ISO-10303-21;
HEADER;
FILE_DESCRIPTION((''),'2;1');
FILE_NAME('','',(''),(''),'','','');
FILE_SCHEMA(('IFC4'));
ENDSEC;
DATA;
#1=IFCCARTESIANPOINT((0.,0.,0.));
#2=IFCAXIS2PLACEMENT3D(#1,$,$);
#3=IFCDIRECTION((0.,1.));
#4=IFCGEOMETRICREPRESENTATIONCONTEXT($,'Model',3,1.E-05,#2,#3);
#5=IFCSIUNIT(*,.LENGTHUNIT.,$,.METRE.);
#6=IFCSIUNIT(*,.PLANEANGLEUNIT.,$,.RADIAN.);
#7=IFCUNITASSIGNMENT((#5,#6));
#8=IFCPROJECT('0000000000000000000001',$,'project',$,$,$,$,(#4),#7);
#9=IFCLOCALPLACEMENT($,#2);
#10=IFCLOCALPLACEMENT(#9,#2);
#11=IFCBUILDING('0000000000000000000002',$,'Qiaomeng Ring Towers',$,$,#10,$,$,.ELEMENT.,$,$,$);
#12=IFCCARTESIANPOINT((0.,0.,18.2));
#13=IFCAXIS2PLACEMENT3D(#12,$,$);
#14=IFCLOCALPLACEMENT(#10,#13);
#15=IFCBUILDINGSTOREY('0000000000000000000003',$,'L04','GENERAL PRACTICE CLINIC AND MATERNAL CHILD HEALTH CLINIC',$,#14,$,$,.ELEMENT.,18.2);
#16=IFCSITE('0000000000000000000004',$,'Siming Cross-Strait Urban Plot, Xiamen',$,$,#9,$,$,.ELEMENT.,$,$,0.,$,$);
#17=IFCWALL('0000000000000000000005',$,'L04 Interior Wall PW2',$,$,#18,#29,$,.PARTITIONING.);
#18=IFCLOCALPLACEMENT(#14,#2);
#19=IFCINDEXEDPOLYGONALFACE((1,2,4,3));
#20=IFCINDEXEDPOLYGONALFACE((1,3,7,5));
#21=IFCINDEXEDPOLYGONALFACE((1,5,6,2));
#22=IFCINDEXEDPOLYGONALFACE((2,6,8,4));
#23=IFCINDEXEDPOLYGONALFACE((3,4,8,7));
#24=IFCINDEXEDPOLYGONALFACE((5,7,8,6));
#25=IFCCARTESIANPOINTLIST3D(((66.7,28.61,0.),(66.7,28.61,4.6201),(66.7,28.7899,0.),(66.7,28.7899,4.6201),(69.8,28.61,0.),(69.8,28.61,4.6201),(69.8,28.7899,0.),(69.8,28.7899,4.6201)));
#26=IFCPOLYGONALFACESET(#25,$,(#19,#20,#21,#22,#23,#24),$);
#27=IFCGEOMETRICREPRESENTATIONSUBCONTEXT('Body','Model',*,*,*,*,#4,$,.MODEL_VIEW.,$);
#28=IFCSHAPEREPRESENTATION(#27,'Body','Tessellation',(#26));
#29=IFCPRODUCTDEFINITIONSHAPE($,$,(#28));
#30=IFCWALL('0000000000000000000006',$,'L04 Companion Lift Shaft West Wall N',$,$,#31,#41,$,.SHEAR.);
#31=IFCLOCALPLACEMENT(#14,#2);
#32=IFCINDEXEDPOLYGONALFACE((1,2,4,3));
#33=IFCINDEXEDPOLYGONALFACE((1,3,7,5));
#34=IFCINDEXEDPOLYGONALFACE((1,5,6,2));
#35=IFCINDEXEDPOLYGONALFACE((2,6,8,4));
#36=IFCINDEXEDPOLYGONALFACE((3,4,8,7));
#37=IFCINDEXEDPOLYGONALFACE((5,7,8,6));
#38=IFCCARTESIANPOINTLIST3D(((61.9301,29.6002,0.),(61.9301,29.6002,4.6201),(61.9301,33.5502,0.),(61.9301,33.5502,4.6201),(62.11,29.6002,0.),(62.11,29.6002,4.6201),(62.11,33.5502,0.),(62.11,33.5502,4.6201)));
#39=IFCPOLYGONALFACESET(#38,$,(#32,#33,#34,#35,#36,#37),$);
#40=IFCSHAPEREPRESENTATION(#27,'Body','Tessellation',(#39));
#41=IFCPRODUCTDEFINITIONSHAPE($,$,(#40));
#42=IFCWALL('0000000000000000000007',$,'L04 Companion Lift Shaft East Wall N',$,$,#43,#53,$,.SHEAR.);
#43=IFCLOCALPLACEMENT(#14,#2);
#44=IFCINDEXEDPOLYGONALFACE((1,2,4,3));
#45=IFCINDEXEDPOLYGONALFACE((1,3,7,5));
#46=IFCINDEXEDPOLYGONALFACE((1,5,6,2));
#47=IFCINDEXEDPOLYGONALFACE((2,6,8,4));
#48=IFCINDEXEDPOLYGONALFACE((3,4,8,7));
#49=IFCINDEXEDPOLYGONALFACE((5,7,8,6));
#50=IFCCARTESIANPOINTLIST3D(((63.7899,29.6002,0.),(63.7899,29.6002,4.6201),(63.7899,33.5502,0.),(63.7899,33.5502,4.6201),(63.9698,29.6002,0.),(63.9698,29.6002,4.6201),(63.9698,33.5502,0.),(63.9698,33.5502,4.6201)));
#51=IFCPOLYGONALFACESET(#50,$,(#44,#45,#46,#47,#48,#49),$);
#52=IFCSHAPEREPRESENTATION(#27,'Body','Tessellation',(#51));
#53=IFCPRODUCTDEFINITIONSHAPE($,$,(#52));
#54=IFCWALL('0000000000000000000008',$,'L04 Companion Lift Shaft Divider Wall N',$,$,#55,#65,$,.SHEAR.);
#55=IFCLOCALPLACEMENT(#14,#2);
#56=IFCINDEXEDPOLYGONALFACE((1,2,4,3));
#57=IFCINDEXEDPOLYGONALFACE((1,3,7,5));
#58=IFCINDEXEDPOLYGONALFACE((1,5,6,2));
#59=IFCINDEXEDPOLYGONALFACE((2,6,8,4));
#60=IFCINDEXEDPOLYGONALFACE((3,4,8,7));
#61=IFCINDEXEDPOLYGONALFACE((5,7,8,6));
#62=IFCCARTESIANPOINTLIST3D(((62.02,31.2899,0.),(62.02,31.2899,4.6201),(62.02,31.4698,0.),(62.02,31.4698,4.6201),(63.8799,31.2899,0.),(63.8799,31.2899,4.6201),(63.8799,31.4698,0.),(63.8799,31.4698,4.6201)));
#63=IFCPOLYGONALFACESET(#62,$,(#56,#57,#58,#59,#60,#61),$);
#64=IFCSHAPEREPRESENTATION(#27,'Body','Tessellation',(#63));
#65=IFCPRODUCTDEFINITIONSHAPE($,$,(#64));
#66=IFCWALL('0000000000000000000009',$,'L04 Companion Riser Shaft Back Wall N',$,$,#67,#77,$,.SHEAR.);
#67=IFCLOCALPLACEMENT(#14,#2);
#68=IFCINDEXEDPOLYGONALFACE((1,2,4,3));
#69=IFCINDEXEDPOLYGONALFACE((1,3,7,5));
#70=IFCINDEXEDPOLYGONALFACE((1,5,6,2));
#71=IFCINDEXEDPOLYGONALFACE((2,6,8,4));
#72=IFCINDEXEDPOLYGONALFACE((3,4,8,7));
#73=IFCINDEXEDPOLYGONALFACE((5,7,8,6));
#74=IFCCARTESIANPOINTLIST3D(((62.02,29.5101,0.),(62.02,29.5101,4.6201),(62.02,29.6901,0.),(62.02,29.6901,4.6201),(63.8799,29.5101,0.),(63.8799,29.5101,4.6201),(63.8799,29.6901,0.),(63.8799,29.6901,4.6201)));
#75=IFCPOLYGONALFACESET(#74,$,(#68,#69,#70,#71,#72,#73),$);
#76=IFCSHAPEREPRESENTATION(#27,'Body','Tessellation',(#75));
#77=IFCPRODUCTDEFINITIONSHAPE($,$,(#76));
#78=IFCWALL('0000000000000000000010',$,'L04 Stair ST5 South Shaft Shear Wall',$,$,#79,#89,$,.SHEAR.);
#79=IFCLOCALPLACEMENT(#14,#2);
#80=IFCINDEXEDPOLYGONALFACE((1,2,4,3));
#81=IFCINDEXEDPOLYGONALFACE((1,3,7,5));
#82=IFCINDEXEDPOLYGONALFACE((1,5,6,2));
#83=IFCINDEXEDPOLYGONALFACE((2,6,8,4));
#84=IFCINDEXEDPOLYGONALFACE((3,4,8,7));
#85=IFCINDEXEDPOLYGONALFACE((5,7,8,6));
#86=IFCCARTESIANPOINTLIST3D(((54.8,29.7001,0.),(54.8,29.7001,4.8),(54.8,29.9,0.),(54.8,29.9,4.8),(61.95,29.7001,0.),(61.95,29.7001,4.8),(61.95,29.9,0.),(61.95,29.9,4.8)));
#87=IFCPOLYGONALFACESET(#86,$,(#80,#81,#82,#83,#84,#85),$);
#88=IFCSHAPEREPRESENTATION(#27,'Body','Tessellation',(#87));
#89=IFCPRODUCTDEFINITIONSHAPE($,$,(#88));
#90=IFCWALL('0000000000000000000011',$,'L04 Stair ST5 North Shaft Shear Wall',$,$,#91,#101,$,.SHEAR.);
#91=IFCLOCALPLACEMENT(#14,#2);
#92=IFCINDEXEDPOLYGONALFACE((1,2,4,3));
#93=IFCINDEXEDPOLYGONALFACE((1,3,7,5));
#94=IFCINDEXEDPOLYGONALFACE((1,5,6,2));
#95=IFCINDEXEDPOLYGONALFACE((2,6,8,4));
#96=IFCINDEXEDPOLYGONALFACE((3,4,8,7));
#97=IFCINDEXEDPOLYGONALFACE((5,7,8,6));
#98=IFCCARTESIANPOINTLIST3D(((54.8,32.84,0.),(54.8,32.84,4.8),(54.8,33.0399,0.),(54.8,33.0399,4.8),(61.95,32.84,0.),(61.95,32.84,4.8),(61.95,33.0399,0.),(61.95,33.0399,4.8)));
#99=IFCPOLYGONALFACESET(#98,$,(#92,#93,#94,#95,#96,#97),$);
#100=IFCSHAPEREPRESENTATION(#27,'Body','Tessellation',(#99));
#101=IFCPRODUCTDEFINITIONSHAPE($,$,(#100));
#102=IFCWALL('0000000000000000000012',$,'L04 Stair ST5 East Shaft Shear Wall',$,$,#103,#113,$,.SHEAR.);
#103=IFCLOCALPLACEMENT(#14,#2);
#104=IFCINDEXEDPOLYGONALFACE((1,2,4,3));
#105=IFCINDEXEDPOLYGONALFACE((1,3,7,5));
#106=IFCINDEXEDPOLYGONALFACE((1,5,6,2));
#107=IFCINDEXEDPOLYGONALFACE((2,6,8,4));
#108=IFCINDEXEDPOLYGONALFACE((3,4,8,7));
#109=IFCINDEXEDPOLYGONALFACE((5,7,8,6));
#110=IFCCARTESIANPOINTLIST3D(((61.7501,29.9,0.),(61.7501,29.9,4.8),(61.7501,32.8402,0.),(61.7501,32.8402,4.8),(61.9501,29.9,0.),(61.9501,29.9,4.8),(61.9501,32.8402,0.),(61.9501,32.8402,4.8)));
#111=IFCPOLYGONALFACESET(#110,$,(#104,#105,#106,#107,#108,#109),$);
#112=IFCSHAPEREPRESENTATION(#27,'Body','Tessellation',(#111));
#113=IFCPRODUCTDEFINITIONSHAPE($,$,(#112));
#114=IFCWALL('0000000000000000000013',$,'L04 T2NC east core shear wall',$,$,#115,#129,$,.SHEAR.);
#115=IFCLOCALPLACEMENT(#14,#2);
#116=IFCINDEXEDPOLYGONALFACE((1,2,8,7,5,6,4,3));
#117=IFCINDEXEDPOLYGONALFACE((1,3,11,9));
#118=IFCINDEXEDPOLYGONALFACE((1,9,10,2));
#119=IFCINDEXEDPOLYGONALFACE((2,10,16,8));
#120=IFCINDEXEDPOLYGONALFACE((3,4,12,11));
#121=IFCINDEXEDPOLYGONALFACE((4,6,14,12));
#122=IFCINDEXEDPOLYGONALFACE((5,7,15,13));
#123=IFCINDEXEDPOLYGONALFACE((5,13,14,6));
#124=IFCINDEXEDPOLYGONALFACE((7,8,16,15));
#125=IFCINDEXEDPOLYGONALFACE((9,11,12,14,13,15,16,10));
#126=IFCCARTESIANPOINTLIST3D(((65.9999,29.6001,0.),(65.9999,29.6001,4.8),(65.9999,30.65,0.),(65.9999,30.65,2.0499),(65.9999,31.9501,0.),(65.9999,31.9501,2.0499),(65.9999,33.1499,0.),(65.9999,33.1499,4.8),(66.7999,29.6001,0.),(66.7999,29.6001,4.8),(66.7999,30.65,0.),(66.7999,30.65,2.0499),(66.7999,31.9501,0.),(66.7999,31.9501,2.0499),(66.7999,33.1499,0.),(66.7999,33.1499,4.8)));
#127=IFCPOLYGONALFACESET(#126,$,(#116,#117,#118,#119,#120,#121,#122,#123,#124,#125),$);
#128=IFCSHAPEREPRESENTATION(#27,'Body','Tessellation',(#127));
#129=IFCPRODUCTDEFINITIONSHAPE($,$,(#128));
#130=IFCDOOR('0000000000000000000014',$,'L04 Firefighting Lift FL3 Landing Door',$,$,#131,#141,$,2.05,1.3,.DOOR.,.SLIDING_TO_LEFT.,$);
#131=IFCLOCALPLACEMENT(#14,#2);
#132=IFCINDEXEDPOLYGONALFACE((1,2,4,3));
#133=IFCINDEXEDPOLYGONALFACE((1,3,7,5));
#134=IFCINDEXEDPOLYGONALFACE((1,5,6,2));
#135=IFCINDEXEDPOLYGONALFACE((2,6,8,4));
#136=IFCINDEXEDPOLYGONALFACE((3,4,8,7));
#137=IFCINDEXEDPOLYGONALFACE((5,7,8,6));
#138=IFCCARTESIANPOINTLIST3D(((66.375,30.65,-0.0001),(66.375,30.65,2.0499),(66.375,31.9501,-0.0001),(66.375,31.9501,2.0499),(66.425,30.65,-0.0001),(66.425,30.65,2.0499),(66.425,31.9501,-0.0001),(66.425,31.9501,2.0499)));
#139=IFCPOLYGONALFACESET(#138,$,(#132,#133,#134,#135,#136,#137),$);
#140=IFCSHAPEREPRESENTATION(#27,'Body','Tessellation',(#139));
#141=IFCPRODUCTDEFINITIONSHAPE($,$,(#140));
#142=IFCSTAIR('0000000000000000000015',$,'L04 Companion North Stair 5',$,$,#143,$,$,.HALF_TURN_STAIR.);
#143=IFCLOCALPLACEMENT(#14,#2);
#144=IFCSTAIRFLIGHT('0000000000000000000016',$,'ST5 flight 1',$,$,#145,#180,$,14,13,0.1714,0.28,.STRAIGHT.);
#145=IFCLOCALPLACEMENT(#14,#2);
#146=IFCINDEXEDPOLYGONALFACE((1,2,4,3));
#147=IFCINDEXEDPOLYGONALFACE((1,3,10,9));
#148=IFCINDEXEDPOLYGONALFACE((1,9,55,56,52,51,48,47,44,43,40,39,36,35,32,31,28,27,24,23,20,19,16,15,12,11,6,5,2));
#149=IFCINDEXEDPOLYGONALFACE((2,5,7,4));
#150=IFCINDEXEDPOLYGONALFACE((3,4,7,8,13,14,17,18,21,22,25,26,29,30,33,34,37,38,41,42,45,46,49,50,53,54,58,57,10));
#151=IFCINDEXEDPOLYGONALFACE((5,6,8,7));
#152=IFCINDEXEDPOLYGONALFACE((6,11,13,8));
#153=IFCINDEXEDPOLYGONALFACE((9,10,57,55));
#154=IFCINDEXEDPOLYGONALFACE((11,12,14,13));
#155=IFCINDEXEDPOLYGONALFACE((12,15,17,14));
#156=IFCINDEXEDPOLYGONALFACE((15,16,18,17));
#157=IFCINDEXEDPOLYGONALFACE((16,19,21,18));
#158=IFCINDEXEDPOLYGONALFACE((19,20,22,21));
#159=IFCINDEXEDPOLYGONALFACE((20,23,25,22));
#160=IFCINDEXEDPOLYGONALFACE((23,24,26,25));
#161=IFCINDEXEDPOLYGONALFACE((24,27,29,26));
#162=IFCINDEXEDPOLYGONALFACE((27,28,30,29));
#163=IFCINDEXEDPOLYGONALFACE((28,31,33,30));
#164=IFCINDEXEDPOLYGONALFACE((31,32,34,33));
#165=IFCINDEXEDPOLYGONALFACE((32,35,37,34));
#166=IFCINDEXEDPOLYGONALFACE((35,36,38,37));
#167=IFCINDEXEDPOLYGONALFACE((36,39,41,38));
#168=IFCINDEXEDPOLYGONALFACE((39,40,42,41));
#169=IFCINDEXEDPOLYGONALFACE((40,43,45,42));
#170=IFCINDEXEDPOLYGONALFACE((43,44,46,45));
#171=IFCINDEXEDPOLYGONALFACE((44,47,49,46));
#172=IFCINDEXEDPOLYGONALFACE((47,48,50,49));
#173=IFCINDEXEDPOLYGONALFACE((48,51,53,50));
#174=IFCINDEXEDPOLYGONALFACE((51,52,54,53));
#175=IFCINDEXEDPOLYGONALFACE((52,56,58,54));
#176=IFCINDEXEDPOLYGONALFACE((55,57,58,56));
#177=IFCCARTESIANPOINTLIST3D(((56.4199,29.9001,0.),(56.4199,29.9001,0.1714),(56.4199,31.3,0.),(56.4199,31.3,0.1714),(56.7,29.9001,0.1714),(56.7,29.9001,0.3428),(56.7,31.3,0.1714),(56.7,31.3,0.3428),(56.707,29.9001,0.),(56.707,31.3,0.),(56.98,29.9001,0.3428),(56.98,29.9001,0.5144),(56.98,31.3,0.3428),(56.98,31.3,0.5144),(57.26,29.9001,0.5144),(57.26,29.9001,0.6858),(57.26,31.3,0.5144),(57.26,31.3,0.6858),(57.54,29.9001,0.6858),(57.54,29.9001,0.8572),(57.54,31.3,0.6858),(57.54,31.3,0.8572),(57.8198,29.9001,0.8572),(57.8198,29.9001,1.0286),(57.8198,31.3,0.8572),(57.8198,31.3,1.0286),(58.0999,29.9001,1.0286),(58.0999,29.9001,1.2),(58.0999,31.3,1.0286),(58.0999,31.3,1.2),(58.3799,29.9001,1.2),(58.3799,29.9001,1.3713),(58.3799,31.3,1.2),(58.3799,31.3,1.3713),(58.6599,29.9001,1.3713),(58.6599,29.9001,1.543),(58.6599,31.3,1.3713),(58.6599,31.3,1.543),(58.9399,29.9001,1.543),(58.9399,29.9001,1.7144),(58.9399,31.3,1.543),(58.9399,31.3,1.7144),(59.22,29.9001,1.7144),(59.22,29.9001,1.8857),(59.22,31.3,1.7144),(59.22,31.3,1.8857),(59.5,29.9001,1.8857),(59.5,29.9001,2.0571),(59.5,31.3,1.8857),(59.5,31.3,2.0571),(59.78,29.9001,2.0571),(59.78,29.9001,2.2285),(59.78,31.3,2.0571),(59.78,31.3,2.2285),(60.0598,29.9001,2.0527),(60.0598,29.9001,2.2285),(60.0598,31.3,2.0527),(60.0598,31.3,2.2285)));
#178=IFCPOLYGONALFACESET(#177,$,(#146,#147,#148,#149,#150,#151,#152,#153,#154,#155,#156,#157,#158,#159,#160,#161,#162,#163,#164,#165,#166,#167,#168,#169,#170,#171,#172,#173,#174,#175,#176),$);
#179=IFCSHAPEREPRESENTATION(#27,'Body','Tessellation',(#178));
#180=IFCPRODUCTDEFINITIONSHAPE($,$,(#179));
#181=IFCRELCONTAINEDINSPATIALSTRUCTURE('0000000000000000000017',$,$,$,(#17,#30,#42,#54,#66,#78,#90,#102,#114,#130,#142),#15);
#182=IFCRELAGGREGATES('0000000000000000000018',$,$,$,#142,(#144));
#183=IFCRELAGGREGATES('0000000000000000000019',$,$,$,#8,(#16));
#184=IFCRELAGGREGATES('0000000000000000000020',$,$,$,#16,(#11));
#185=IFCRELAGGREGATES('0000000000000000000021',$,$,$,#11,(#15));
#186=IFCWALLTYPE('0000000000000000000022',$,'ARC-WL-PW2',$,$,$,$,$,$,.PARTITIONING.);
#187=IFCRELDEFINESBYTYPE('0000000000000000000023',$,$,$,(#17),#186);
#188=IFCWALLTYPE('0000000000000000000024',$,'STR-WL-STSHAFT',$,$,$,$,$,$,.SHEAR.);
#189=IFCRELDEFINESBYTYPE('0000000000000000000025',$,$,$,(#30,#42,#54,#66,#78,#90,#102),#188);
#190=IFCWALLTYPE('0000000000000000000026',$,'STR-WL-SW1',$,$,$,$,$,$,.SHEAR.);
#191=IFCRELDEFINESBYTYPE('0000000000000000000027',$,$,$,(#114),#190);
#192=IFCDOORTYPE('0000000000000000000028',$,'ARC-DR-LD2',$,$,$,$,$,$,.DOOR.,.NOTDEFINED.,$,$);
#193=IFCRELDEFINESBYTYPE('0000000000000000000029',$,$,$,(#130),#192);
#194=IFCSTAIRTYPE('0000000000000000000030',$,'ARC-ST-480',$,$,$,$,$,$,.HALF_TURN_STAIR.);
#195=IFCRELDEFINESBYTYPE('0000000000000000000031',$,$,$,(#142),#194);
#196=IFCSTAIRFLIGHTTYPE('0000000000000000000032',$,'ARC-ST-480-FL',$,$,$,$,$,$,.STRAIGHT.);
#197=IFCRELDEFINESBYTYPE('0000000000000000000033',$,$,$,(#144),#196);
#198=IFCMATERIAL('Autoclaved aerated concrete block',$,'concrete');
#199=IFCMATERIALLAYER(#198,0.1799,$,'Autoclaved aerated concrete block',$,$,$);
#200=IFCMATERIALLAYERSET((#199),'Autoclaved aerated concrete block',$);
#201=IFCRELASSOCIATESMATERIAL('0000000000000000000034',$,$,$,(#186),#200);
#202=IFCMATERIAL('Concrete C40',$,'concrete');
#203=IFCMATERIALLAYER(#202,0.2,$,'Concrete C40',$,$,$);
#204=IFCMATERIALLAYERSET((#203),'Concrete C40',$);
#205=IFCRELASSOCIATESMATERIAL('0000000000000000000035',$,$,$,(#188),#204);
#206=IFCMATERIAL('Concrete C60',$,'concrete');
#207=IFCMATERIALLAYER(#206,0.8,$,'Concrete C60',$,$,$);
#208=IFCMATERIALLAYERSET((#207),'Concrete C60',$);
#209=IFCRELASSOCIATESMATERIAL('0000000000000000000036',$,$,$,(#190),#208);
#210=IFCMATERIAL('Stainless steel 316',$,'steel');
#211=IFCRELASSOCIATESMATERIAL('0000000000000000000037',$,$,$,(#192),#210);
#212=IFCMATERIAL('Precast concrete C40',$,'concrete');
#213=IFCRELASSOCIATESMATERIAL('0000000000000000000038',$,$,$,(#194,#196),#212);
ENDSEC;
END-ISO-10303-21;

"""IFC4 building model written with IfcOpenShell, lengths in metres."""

from ifc_helpers import new_model, si_unit, direction, frame, frame_2d, origin, place, context, subcontext, project, spatial, polyline, rectangle, outline, extrude, source, transform, mapped, material, layer, layer_set, type_object, element, fill, aggregate, save


model = new_model("IFC4")

# Units and contexts
model_context = context("Model", 3, precision=1e-05, world=origin(), true_north=direction((0.0, 1.0)))
body_context = subcontext(model_context, "Body", "Model", "MODEL_VIEW")
ifc_project = project(units=[si_unit("LENGTHUNIT", "METRE"), si_unit("PLANEANGLEUNIT", "RADIAN")], contexts=[model_context])

# Site, building, storey
site_placement = place(None, origin())
site = spatial("IfcSite", under=ifc_project, at=site_placement, Name="Siming Cross-Strait Urban Plot, Xiamen", CompositionType="ELEMENT", RefElevation=0.0)
building_placement = place(site_placement, origin())
building = spatial("IfcBuilding", under=site, at=building_placement, Name="Qiaomeng Ring Towers", CompositionType="ELEMENT")
storey_placement = place(building_placement, frame((0.0, 0.0, 18.2)))
storey = spatial("IfcBuildingStorey", under=building, at=storey_placement, Name="L04", Description="GENERAL PRACTICE CLINIC AND MATERNAL CHILD HEALTH CLINIC", CompositionType="ELEMENT", Elevation=18.2)

# Shared definitions
ifc_material_1 = material(Name="Autoclaved aerated concrete block", Category="concrete")

# Walls
ifc_layer_1 = layer(ifc_material_1, 0.1799, Name="Autoclaved aerated concrete block")
ifc_layer_set_1 = layer_set([ifc_layer_1], Name="Autoclaved aerated concrete block")
wall_type_1 = type_object("IfcWallType", Name="ARC-WL-PW2", PredefinedType="PARTITIONING", material=ifc_layer_set_1)
wall_1_placement = place(storey_placement, frame((66.7, 28.7, 0.0), z_axis=(0.0, 0.0, 1.0), x_axis=(1.0, 0.0, 0.0)))
element("IfcWall", 1, at=wall_1_placement, inside=storey, type_object=wall_type_1, Name="L04 Interior Wall PW2", PredefinedType="PARTITIONING", context=body_context, shape_type="SweptSolid", body=[
    extrude(rectangle(XDim=3.1001, YDim=0.1799, at=frame_2d((1.55, 0.0))), origin(), (0.0, 0.0, 1.0), 4.6201),
])
ifc_material_2 = material(Name="Concrete C40", Category="concrete")
ifc_layer_2 = layer(ifc_material_2, 0.2, Name="Concrete C40")
ifc_layer_set_2 = layer_set([ifc_layer_2], Name="Concrete C40")
wall_type_2 = type_object("IfcWallType", Name="STR-WL-STSHAFT", PredefinedType="SHEAR", material=ifc_layer_set_2)
for number, where, z_axis, x_axis, name in (
    (2, (62.02, 29.6001, 0.0), (0.0, 0.0, 1.0), (0.0, 1.0, 0.0), "L04 Companion Lift Shaft West Wall N"),
    (3, (63.8799, 29.6001, 0.0), (0.0, 0.0, 1.0), (0.0, 1.0, 0.0), "L04 Companion Lift Shaft East Wall N"),
):
    element("IfcWall", number, at=place(storey_placement, frame(where, z_axis=z_axis, x_axis=x_axis)), inside=storey, type_object=wall_type_2, Name=name, PredefinedType="SHEAR", context=body_context, shape_type="SweptSolid", body=[
        extrude(rectangle(XDim=3.95, YDim=0.1799, at=frame_2d((1.9751, 0.0))), origin(), (0.0, 0.0, 1.0), 4.6201),
    ])
for number, where, z_axis, x_axis, name in (
    (4, (62.02, 31.3799, 0.0), (0.0, 0.0, 1.0), (1.0, 0.0, 0.0), "L04 Companion Lift Shaft Divider Wall N"),
    (5, (62.02, 29.6001, 0.0), (0.0, 0.0, 1.0), (1.0, 0.0, 0.0), "L04 Companion Riser Shaft Back Wall N"),
):
    element("IfcWall", number, at=place(storey_placement, frame(where, z_axis=z_axis, x_axis=x_axis)), inside=storey, type_object=wall_type_2, Name=name, PredefinedType="SHEAR", context=body_context, shape_type="SweptSolid", body=[
        extrude(rectangle(XDim=1.8599, YDim=0.1799, at=frame_2d((0.9299, 0.0))), origin(), (0.0, 0.0, 1.0), 4.6201),
    ])
for number, where, z_axis, x_axis, name in (
    (6, (54.8, 29.8, 0.0), (0.0, 0.0, 1.0), (1.0, 0.0, 0.0), "L04 Stair ST5 South Shaft Shear Wall"),
    (7, (54.8, 32.9399, 0.0), (0.0, 0.0, 1.0), (1.0, 0.0, 0.0), "L04 Stair ST5 North Shaft Shear Wall"),
):
    element("IfcWall", number, at=place(storey_placement, frame(where, z_axis=z_axis, x_axis=x_axis)), inside=storey, type_object=wall_type_2, Name=name, PredefinedType="SHEAR", context=body_context, shape_type="SweptSolid", body=[
        extrude(rectangle(XDim=7.1499, YDim=0.2, at=frame_2d((3.575, 0.0))), origin(), (0.0, 0.0, 1.0), 4.8),
    ])
wall_2_placement = place(storey_placement, frame((61.8501, 29.8999, 0.0), z_axis=(0.0, 0.0, 1.0), x_axis=(0.0, 1.0, 0.0)))
element("IfcWall", 8, at=wall_2_placement, inside=storey, type_object=wall_type_2, Name="L04 Stair ST5 East Shaft Shear Wall", PredefinedType="SHEAR", context=body_context, shape_type="SweptSolid", body=[
    extrude(rectangle(XDim=2.9402, YDim=0.2, at=frame_2d((1.4702, 0.0))), origin(), (0.0, 0.0, 1.0), 4.8),
])

# Wall, opening, door
ifc_material_3 = material(Name="Concrete C60", Category="concrete")
ifc_layer_3 = layer(ifc_material_3, 0.8, Name="Concrete C60")
ifc_layer_set_3 = layer_set([ifc_layer_3], Name="Concrete C60")
wall_type_3 = type_object("IfcWallType", Name="STR-WL-SW1", PredefinedType="SHEAR", material=ifc_layer_set_3)
wall_3_placement = place(storey_placement, frame((66.3999, 29.6001, 0.0), z_axis=(0.0, 0.0, 1.0), x_axis=(0.0, 1.0, 0.0)))
wall_3 = element("IfcWall", 9, at=wall_3_placement, inside=storey, type_object=wall_type_3, Name="L04 T2NC east core shear wall", PredefinedType="SHEAR", context=body_context, shape_type="SweptSolid", body=[
    extrude(rectangle(XDim=3.5498, YDim=0.8, at=frame_2d((1.7749, 0.0))), origin(), (0.0, 0.0, 1.0), 4.8),
])
opening_1_placement = place(wall_3_placement, frame((1.05, 0.0, 0.0)))
opening_1 = element("IfcOpeningElement", 10, at=opening_1_placement, cuts=wall_3, PredefinedType="OPENING", context=body_context, shape_type="SweptSolid", body=[
    extrude(rectangle(XDim=1.3, YDim=2.05, at=frame_2d((0.6499, 1.0249))), frame((0.0, 0.4099, 0.0), z_axis=(0.0, -1.0, 0.0), x_axis=(1.0, 0.0, 0.0)), (0.0, 0.0, 1.0), 0.8201),
])
ifc_material_4 = material(Name="Stainless steel 316", Category="steel")
door_type_1 = type_object("IfcDoorType", Name="ARC-DR-LD2", OperationType="NOTDEFINED", PredefinedType="DOOR", material=ifc_material_4)
shared_shape_1 = source(origin(), body_context, "Body", "SweptSolid", [
    extrude(rectangle(XDim=1.3, YDim=2.05, at=frame_2d((0.6499, 1.0249))), frame((0.0, 0.0249, 0.0), z_axis=(0.0, -1.0, 0.0), x_axis=(1.0, 0.0, 0.0)), (0.0, 0.0, 1.0), 0.05),
])
door_1_placement = place(opening_1_placement, origin())
door_1 = element("IfcDoor", 11, at=door_1_placement, inside=storey, type_object=door_type_1, Name="L04 Firefighting Lift FL3 Landing Door", OperationType="SLIDING_TO_LEFT", OverallHeight=2.05, OverallWidth=1.3, PredefinedType="DOOR", context=body_context, shape_type="MappedRepresentation", body=[
    mapped(shared_shape_1, transform((0.0, 0.0, 0.0), x_axis=(1.0, 0.0, 0.0), y_axis=(0.0, 1.0, 0.0), z_axis=(0.0, 0.0, 1.0), scale=1.0)),
])
fill(opening_1, door_1)

# Stair, stair flight
ifc_material_5 = material(Name="Precast concrete C40", Category="concrete")
stair_type = type_object("IfcStairType", Name="ARC-ST-480", PredefinedType="HALF_TURN_STAIR", material=ifc_material_5)
stair_placement = place(storey_placement, origin())
stair = element("IfcStair", 12, at=stair_placement, inside=storey, type_object=stair_type, Name="L04 Companion North Stair 5", PredefinedType="HALF_TURN_STAIR")
stair_flight_type = type_object("IfcStairFlightType", Name="ARC-ST-480-FL", PredefinedType="STRAIGHT", material=ifc_material_5)
shared_shape_2 = source(origin(), body_context, "Body", "SweptSolid", [
    extrude(outline(polyline([(0.0, 0.0), (0.0, 0.1714), (0.28, 0.1714), (0.28, 0.3428), (0.5601, 0.3428), (0.5601, 0.5144), (0.8401, 0.5144), (0.8401, 0.6858), (1.1201, 0.6858), (1.1201, 0.8572), (1.3999, 0.8572), (1.3999, 1.0286), (1.6799, 1.0286), (1.6799, 1.2), (1.96, 1.2), (1.96, 1.3713), (2.24, 1.3713), (2.24, 1.543), (2.52, 1.543), (2.52, 1.7144), (2.8, 1.7144), (2.8, 1.8857), (3.0801, 1.8857), (3.0801, 2.0571), (3.3601, 2.0571), (3.3601, 2.2285), (3.6399, 2.2285), (3.6399, 2.3999), (3.6399, 2.0527), (0.2871, 0.0), (0.0, 0.0)])), frame((0.0, 0.7, 0.0), z_axis=(0.0, -1.0, 0.0), x_axis=(1.0, 0.0, 0.0)), (0.0, 0.0, 1.0), 1.3999),
])
stair_flight_1_placement = place(storey_placement, frame((56.4199, 30.6001, 0.0), z_axis=(0.0, 0.0, 1.0), x_axis=(1.0, 0.0, 0.0)))
stair_flight_1 = element("IfcStairFlight", 13, at=stair_flight_1_placement, type_object=stair_flight_type, Name="ST5 flight 1", NumberOfRisers=14, NumberOfTreads=13, PredefinedType="STRAIGHT", RiserHeight=0.1714, TreadLength=0.28, context=body_context, shape_type="MappedRepresentation", body=[
    mapped(shared_shape_2, transform((0.0, 0.0, 0.0), x_axis=(1.0, 0.0, 0.0), y_axis=(0.0, 1.0, 0.0), z_axis=(0.0, 0.0, 1.0), scale=1.0)),
])
aggregate(stair, [stair_flight_1])

save(model, "model.ifc")
